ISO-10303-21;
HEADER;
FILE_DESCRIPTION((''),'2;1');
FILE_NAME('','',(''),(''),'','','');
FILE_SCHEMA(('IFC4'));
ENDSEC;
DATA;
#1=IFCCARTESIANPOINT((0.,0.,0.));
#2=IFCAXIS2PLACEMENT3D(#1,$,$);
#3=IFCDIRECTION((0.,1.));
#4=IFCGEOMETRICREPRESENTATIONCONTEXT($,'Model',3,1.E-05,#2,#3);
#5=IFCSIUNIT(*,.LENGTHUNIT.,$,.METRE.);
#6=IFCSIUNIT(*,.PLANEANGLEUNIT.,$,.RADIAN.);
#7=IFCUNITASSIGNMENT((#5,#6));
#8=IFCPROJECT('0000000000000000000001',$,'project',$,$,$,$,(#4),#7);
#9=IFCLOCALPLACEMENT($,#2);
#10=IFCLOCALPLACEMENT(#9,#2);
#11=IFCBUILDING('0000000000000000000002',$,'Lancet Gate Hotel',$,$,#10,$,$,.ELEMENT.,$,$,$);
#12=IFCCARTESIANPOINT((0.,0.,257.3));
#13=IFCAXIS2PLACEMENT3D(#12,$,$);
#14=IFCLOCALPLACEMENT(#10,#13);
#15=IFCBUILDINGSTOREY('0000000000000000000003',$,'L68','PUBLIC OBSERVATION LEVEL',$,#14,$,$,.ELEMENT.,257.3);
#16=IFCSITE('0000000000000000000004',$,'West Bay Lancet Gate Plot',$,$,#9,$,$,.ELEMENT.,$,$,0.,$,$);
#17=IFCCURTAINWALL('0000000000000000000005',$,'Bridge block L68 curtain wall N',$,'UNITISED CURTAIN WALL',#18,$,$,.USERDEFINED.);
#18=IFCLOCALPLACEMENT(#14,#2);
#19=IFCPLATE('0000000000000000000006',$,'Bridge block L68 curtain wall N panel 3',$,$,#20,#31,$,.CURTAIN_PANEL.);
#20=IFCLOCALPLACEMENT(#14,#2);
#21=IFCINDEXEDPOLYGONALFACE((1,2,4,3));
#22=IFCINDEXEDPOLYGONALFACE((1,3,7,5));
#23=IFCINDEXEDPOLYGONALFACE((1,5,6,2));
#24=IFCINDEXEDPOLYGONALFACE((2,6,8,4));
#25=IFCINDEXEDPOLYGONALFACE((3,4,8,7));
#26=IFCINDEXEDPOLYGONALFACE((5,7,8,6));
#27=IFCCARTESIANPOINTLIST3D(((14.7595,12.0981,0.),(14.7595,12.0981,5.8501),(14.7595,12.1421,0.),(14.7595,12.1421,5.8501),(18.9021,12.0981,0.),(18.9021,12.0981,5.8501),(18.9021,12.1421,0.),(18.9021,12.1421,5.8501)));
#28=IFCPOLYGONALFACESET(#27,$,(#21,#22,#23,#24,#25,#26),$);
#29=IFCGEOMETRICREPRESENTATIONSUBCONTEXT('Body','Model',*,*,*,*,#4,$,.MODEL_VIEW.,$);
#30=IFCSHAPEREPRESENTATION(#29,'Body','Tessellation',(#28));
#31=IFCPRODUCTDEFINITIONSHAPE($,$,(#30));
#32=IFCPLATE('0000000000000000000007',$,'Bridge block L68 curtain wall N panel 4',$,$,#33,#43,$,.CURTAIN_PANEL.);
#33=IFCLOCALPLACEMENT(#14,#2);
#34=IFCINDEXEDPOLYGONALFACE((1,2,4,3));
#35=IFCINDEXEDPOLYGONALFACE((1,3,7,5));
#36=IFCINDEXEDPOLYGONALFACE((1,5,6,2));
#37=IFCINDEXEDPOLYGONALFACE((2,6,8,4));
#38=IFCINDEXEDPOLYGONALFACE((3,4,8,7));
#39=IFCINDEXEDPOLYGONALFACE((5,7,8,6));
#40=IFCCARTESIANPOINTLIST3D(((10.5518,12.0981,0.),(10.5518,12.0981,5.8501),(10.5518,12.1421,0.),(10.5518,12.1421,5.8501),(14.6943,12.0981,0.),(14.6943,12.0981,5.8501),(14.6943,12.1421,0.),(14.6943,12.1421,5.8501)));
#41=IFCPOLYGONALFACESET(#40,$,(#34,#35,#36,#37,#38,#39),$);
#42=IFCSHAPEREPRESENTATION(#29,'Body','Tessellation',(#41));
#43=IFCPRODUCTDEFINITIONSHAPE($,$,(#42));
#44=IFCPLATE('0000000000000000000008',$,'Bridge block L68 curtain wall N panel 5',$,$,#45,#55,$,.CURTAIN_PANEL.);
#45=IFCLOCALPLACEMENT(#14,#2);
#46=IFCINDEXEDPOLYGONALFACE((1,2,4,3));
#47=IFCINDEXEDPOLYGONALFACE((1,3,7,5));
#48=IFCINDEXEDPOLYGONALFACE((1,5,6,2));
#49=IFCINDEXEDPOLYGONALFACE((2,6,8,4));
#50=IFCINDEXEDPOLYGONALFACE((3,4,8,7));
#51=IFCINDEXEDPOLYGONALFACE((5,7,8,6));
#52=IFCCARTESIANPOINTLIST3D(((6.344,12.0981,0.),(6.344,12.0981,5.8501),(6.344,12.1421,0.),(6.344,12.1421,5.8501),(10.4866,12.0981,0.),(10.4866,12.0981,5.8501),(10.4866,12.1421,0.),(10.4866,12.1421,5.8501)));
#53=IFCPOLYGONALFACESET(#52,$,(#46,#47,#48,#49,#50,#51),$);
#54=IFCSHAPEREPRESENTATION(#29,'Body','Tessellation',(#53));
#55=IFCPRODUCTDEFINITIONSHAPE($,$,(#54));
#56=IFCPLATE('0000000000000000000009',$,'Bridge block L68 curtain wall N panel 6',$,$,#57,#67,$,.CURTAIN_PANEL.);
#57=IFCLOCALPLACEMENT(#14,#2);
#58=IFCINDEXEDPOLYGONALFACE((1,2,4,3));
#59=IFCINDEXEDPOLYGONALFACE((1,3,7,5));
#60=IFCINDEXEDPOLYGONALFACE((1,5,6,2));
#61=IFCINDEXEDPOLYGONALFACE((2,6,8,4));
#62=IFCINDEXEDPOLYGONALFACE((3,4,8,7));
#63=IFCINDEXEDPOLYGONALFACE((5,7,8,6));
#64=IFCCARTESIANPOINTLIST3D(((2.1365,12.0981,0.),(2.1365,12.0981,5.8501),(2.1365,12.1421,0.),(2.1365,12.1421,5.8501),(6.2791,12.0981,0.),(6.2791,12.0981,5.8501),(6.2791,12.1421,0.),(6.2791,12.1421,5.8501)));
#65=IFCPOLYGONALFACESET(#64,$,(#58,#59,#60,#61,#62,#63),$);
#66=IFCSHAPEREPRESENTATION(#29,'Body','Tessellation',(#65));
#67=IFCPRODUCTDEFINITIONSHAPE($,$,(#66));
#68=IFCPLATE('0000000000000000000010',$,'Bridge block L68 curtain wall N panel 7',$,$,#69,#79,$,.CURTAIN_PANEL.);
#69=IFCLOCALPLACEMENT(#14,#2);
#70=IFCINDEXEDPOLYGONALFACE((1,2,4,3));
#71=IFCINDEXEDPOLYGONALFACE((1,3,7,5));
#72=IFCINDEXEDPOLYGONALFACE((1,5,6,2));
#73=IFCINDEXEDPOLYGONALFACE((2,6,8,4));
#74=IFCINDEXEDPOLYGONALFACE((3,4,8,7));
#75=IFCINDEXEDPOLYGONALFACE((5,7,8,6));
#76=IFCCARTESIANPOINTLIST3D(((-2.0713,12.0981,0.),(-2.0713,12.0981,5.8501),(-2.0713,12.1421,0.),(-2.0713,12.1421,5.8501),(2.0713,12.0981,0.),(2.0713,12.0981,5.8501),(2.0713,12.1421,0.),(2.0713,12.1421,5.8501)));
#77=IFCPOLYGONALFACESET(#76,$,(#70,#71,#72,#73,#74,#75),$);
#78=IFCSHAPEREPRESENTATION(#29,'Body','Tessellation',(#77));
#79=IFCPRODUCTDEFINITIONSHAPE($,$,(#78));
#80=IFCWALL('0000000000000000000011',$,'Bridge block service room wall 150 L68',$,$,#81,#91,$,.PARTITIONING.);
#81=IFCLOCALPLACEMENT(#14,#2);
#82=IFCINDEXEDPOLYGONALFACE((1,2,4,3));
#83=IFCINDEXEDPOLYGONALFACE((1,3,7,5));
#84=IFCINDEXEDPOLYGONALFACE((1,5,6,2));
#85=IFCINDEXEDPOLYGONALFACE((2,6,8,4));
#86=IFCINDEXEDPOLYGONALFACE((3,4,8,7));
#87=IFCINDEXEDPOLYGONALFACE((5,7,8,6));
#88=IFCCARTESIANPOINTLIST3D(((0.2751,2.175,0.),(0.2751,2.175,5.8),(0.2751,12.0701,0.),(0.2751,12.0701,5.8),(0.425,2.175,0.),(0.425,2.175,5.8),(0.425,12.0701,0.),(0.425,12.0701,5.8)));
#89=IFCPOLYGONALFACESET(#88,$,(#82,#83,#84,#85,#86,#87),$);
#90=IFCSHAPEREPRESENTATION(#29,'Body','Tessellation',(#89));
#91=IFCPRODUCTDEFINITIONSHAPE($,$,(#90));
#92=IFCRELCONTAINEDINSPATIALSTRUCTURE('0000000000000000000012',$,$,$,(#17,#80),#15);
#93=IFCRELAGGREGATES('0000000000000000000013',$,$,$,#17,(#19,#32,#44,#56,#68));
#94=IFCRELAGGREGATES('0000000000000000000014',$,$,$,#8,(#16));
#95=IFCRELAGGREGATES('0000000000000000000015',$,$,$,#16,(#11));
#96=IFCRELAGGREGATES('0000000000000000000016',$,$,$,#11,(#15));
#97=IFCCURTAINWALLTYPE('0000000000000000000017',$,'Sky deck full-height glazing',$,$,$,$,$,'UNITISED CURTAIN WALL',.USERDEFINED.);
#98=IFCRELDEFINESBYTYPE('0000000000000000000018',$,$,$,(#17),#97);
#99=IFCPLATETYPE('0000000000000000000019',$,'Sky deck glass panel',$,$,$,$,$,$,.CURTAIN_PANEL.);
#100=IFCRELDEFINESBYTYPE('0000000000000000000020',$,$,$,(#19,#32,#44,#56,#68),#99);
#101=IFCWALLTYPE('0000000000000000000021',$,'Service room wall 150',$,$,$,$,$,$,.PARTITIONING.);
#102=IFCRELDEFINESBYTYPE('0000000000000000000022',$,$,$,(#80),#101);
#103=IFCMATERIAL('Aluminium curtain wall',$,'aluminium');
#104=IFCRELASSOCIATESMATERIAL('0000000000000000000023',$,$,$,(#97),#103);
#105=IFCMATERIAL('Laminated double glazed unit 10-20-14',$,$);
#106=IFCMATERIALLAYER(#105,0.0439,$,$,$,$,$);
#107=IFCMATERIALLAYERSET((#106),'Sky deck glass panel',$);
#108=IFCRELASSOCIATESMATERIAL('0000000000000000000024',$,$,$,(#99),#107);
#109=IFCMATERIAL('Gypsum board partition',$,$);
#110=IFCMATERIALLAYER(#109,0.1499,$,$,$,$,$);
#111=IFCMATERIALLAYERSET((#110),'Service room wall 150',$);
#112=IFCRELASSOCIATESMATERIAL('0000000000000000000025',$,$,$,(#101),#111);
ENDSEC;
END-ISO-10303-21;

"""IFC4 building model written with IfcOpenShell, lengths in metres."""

from ifc_helpers import new_model, si_unit, direction, frame, frame_2d, origin, origin_2d, place, context, subcontext, project, spatial, rectangle, extrude, material, layer, layer_set, type_object, element, aggregate, save


model = new_model("IFC4")

# Units and contexts
model_context = context("Model", 3, precision=1e-05, world=origin(), true_north=direction((0.0, 1.0)))
body_context = subcontext(model_context, "Body", "Model", "MODEL_VIEW")
ifc_project = project(units=[si_unit("LENGTHUNIT", "METRE"), si_unit("PLANEANGLEUNIT", "RADIAN")], contexts=[model_context])

# Site, building, storey
site_placement = place(None, origin())
site = spatial("IfcSite", under=ifc_project, at=site_placement, Name="West Bay Lancet Gate Plot", CompositionType="ELEMENT", RefElevation=0.0)
building_placement = place(site_placement, origin())
building = spatial("IfcBuilding", under=site, at=building_placement, Name="Lancet Gate Hotel", CompositionType="ELEMENT")
storey_placement = place(building_placement, frame((0.0, 0.0, 257.3)))
storey = spatial("IfcBuildingStorey", under=building, at=storey_placement, Name="L68", Description="PUBLIC OBSERVATION LEVEL", CompositionType="ELEMENT", Elevation=257.3)

# Curtain wall
ifc_material_1 = material(Name="Aluminium curtain wall", Category="aluminium")
curtain_wall_type = type_object("IfcCurtainWallType", Name="Sky deck full-height glazing", ElementType="UNITISED CURTAIN WALL", PredefinedType="USERDEFINED", material=ifc_material_1)
curtain_wall_placement = place(storey_placement, origin())
curtain_wall = element("IfcCurtainWall", 1, at=curtain_wall_placement, inside=storey, type_object=curtain_wall_type, Name="Bridge block L68 curtain wall N", ObjectType="UNITISED CURTAIN WALL", PredefinedType="USERDEFINED")

# Plates
ifc_material_2 = material(Name="Laminated double glazed unit 10-20-14")
ifc_layer_1 = layer(ifc_material_2, 0.0439)
ifc_layer_set_1 = layer_set([ifc_layer_1], Name="Sky deck glass panel")
plate_type = type_object("IfcPlateType", Name="Sky deck glass panel", PredefinedType="CURTAIN_PANEL", material=ifc_layer_set_1)
plate_1_placement = place(storey_placement, frame((16.8308, 12.1201, 0.0), z_axis=(0.0, 0.0, 1.0), x_axis=(-1.0, 0.0, 0.0)))
plate_1 = element("IfcPlate", 2, at=plate_1_placement, type_object=plate_type, Name="Bridge block L68 curtain wall N panel 3", PredefinedType="CURTAIN_PANEL", context=body_context, shape_type="SweptSolid", body=[
    extrude(rectangle(XDim=4.1426, YDim=0.0439, at=origin_2d()), origin(), (0.0, 0.0, 1.0), 5.8501),
])
plate_2_placement = place(storey_placement, frame((12.623, 12.1201, 0.0), z_axis=(0.0, 0.0, 1.0), x_axis=(-1.0, 0.0, 0.0)))
plate_2 = element("IfcPlate", 3, at=plate_2_placement, type_object=plate_type, Name="Bridge block L68 curtain wall N panel 4", PredefinedType="CURTAIN_PANEL", context=body_context, shape_type="SweptSolid", body=[
    extrude(rectangle(XDim=4.1426, YDim=0.0439, at=origin_2d()), origin(), (0.0, 0.0, 1.0), 5.8501),
])
plate_3_placement = place(storey_placement, frame((8.4153, 12.1201, 0.0), z_axis=(0.0, 0.0, 1.0), x_axis=(-1.0, 0.0, 0.0)))
plate_3 = element("IfcPlate", 4, at=plate_3_placement, type_object=plate_type, Name="Bridge block L68 curtain wall N panel 5", PredefinedType="CURTAIN_PANEL", context=body_context, shape_type="SweptSolid", body=[
    extrude(rectangle(XDim=4.1426, YDim=0.0439, at=origin_2d()), origin(), (0.0, 0.0, 1.0), 5.8501),
])
plate_4_placement = place(storey_placement, frame((4.2078, 12.1201, 0.0), z_axis=(0.0, 0.0, 1.0), x_axis=(-1.0, 0.0, 0.0)))
plate_4 = element("IfcPlate", 5, at=plate_4_placement, type_object=plate_type, Name="Bridge block L68 curtain wall N panel 6", PredefinedType="CURTAIN_PANEL", context=body_context, shape_type="SweptSolid", body=[
    extrude(rectangle(XDim=4.1426, YDim=0.0439, at=origin_2d()), origin(), (0.0, 0.0, 1.0), 5.8501),
])
plate_5_placement = place(storey_placement, frame((0.0, 12.1201, 0.0), z_axis=(0.0, 0.0, 1.0), x_axis=(-1.0, 0.0, 0.0)))
plate_5 = element("IfcPlate", 6, at=plate_5_placement, type_object=plate_type, Name="Bridge block L68 curtain wall N panel 7", PredefinedType="CURTAIN_PANEL", context=body_context, shape_type="SweptSolid", body=[
    extrude(rectangle(XDim=4.1426, YDim=0.0439, at=origin_2d()), origin(), (0.0, 0.0, 1.0), 5.8501),
])
aggregate(curtain_wall, [plate_1, plate_2, plate_3, plate_4, plate_5])

# Wall
ifc_material_3 = material(Name="Gypsum board partition")
ifc_layer_2 = layer(ifc_material_3, 0.1499)
ifc_layer_set_2 = layer_set([ifc_layer_2], Name="Service room wall 150")
wall_type = type_object("IfcWallType", Name="Service room wall 150", PredefinedType="PARTITIONING", material=ifc_layer_set_2)
wall_placement = place(storey_placement, frame((0.3501, 2.175, 0.0), z_axis=(0.0, 0.0, 1.0), x_axis=(0.0, 1.0, 0.0)))
element("IfcWall", 7, at=wall_placement, inside=storey, type_object=wall_type, Name="Bridge block service room wall 150 L68", PredefinedType="PARTITIONING", context=body_context, shape_type="SweptSolid", body=[
    extrude(rectangle(XDim=9.895, YDim=0.1499, at=frame_2d((4.9475, 0.0))), origin(), (0.0, 0.0, 1.0), 5.8),
])

save(model, "model.ifc")
